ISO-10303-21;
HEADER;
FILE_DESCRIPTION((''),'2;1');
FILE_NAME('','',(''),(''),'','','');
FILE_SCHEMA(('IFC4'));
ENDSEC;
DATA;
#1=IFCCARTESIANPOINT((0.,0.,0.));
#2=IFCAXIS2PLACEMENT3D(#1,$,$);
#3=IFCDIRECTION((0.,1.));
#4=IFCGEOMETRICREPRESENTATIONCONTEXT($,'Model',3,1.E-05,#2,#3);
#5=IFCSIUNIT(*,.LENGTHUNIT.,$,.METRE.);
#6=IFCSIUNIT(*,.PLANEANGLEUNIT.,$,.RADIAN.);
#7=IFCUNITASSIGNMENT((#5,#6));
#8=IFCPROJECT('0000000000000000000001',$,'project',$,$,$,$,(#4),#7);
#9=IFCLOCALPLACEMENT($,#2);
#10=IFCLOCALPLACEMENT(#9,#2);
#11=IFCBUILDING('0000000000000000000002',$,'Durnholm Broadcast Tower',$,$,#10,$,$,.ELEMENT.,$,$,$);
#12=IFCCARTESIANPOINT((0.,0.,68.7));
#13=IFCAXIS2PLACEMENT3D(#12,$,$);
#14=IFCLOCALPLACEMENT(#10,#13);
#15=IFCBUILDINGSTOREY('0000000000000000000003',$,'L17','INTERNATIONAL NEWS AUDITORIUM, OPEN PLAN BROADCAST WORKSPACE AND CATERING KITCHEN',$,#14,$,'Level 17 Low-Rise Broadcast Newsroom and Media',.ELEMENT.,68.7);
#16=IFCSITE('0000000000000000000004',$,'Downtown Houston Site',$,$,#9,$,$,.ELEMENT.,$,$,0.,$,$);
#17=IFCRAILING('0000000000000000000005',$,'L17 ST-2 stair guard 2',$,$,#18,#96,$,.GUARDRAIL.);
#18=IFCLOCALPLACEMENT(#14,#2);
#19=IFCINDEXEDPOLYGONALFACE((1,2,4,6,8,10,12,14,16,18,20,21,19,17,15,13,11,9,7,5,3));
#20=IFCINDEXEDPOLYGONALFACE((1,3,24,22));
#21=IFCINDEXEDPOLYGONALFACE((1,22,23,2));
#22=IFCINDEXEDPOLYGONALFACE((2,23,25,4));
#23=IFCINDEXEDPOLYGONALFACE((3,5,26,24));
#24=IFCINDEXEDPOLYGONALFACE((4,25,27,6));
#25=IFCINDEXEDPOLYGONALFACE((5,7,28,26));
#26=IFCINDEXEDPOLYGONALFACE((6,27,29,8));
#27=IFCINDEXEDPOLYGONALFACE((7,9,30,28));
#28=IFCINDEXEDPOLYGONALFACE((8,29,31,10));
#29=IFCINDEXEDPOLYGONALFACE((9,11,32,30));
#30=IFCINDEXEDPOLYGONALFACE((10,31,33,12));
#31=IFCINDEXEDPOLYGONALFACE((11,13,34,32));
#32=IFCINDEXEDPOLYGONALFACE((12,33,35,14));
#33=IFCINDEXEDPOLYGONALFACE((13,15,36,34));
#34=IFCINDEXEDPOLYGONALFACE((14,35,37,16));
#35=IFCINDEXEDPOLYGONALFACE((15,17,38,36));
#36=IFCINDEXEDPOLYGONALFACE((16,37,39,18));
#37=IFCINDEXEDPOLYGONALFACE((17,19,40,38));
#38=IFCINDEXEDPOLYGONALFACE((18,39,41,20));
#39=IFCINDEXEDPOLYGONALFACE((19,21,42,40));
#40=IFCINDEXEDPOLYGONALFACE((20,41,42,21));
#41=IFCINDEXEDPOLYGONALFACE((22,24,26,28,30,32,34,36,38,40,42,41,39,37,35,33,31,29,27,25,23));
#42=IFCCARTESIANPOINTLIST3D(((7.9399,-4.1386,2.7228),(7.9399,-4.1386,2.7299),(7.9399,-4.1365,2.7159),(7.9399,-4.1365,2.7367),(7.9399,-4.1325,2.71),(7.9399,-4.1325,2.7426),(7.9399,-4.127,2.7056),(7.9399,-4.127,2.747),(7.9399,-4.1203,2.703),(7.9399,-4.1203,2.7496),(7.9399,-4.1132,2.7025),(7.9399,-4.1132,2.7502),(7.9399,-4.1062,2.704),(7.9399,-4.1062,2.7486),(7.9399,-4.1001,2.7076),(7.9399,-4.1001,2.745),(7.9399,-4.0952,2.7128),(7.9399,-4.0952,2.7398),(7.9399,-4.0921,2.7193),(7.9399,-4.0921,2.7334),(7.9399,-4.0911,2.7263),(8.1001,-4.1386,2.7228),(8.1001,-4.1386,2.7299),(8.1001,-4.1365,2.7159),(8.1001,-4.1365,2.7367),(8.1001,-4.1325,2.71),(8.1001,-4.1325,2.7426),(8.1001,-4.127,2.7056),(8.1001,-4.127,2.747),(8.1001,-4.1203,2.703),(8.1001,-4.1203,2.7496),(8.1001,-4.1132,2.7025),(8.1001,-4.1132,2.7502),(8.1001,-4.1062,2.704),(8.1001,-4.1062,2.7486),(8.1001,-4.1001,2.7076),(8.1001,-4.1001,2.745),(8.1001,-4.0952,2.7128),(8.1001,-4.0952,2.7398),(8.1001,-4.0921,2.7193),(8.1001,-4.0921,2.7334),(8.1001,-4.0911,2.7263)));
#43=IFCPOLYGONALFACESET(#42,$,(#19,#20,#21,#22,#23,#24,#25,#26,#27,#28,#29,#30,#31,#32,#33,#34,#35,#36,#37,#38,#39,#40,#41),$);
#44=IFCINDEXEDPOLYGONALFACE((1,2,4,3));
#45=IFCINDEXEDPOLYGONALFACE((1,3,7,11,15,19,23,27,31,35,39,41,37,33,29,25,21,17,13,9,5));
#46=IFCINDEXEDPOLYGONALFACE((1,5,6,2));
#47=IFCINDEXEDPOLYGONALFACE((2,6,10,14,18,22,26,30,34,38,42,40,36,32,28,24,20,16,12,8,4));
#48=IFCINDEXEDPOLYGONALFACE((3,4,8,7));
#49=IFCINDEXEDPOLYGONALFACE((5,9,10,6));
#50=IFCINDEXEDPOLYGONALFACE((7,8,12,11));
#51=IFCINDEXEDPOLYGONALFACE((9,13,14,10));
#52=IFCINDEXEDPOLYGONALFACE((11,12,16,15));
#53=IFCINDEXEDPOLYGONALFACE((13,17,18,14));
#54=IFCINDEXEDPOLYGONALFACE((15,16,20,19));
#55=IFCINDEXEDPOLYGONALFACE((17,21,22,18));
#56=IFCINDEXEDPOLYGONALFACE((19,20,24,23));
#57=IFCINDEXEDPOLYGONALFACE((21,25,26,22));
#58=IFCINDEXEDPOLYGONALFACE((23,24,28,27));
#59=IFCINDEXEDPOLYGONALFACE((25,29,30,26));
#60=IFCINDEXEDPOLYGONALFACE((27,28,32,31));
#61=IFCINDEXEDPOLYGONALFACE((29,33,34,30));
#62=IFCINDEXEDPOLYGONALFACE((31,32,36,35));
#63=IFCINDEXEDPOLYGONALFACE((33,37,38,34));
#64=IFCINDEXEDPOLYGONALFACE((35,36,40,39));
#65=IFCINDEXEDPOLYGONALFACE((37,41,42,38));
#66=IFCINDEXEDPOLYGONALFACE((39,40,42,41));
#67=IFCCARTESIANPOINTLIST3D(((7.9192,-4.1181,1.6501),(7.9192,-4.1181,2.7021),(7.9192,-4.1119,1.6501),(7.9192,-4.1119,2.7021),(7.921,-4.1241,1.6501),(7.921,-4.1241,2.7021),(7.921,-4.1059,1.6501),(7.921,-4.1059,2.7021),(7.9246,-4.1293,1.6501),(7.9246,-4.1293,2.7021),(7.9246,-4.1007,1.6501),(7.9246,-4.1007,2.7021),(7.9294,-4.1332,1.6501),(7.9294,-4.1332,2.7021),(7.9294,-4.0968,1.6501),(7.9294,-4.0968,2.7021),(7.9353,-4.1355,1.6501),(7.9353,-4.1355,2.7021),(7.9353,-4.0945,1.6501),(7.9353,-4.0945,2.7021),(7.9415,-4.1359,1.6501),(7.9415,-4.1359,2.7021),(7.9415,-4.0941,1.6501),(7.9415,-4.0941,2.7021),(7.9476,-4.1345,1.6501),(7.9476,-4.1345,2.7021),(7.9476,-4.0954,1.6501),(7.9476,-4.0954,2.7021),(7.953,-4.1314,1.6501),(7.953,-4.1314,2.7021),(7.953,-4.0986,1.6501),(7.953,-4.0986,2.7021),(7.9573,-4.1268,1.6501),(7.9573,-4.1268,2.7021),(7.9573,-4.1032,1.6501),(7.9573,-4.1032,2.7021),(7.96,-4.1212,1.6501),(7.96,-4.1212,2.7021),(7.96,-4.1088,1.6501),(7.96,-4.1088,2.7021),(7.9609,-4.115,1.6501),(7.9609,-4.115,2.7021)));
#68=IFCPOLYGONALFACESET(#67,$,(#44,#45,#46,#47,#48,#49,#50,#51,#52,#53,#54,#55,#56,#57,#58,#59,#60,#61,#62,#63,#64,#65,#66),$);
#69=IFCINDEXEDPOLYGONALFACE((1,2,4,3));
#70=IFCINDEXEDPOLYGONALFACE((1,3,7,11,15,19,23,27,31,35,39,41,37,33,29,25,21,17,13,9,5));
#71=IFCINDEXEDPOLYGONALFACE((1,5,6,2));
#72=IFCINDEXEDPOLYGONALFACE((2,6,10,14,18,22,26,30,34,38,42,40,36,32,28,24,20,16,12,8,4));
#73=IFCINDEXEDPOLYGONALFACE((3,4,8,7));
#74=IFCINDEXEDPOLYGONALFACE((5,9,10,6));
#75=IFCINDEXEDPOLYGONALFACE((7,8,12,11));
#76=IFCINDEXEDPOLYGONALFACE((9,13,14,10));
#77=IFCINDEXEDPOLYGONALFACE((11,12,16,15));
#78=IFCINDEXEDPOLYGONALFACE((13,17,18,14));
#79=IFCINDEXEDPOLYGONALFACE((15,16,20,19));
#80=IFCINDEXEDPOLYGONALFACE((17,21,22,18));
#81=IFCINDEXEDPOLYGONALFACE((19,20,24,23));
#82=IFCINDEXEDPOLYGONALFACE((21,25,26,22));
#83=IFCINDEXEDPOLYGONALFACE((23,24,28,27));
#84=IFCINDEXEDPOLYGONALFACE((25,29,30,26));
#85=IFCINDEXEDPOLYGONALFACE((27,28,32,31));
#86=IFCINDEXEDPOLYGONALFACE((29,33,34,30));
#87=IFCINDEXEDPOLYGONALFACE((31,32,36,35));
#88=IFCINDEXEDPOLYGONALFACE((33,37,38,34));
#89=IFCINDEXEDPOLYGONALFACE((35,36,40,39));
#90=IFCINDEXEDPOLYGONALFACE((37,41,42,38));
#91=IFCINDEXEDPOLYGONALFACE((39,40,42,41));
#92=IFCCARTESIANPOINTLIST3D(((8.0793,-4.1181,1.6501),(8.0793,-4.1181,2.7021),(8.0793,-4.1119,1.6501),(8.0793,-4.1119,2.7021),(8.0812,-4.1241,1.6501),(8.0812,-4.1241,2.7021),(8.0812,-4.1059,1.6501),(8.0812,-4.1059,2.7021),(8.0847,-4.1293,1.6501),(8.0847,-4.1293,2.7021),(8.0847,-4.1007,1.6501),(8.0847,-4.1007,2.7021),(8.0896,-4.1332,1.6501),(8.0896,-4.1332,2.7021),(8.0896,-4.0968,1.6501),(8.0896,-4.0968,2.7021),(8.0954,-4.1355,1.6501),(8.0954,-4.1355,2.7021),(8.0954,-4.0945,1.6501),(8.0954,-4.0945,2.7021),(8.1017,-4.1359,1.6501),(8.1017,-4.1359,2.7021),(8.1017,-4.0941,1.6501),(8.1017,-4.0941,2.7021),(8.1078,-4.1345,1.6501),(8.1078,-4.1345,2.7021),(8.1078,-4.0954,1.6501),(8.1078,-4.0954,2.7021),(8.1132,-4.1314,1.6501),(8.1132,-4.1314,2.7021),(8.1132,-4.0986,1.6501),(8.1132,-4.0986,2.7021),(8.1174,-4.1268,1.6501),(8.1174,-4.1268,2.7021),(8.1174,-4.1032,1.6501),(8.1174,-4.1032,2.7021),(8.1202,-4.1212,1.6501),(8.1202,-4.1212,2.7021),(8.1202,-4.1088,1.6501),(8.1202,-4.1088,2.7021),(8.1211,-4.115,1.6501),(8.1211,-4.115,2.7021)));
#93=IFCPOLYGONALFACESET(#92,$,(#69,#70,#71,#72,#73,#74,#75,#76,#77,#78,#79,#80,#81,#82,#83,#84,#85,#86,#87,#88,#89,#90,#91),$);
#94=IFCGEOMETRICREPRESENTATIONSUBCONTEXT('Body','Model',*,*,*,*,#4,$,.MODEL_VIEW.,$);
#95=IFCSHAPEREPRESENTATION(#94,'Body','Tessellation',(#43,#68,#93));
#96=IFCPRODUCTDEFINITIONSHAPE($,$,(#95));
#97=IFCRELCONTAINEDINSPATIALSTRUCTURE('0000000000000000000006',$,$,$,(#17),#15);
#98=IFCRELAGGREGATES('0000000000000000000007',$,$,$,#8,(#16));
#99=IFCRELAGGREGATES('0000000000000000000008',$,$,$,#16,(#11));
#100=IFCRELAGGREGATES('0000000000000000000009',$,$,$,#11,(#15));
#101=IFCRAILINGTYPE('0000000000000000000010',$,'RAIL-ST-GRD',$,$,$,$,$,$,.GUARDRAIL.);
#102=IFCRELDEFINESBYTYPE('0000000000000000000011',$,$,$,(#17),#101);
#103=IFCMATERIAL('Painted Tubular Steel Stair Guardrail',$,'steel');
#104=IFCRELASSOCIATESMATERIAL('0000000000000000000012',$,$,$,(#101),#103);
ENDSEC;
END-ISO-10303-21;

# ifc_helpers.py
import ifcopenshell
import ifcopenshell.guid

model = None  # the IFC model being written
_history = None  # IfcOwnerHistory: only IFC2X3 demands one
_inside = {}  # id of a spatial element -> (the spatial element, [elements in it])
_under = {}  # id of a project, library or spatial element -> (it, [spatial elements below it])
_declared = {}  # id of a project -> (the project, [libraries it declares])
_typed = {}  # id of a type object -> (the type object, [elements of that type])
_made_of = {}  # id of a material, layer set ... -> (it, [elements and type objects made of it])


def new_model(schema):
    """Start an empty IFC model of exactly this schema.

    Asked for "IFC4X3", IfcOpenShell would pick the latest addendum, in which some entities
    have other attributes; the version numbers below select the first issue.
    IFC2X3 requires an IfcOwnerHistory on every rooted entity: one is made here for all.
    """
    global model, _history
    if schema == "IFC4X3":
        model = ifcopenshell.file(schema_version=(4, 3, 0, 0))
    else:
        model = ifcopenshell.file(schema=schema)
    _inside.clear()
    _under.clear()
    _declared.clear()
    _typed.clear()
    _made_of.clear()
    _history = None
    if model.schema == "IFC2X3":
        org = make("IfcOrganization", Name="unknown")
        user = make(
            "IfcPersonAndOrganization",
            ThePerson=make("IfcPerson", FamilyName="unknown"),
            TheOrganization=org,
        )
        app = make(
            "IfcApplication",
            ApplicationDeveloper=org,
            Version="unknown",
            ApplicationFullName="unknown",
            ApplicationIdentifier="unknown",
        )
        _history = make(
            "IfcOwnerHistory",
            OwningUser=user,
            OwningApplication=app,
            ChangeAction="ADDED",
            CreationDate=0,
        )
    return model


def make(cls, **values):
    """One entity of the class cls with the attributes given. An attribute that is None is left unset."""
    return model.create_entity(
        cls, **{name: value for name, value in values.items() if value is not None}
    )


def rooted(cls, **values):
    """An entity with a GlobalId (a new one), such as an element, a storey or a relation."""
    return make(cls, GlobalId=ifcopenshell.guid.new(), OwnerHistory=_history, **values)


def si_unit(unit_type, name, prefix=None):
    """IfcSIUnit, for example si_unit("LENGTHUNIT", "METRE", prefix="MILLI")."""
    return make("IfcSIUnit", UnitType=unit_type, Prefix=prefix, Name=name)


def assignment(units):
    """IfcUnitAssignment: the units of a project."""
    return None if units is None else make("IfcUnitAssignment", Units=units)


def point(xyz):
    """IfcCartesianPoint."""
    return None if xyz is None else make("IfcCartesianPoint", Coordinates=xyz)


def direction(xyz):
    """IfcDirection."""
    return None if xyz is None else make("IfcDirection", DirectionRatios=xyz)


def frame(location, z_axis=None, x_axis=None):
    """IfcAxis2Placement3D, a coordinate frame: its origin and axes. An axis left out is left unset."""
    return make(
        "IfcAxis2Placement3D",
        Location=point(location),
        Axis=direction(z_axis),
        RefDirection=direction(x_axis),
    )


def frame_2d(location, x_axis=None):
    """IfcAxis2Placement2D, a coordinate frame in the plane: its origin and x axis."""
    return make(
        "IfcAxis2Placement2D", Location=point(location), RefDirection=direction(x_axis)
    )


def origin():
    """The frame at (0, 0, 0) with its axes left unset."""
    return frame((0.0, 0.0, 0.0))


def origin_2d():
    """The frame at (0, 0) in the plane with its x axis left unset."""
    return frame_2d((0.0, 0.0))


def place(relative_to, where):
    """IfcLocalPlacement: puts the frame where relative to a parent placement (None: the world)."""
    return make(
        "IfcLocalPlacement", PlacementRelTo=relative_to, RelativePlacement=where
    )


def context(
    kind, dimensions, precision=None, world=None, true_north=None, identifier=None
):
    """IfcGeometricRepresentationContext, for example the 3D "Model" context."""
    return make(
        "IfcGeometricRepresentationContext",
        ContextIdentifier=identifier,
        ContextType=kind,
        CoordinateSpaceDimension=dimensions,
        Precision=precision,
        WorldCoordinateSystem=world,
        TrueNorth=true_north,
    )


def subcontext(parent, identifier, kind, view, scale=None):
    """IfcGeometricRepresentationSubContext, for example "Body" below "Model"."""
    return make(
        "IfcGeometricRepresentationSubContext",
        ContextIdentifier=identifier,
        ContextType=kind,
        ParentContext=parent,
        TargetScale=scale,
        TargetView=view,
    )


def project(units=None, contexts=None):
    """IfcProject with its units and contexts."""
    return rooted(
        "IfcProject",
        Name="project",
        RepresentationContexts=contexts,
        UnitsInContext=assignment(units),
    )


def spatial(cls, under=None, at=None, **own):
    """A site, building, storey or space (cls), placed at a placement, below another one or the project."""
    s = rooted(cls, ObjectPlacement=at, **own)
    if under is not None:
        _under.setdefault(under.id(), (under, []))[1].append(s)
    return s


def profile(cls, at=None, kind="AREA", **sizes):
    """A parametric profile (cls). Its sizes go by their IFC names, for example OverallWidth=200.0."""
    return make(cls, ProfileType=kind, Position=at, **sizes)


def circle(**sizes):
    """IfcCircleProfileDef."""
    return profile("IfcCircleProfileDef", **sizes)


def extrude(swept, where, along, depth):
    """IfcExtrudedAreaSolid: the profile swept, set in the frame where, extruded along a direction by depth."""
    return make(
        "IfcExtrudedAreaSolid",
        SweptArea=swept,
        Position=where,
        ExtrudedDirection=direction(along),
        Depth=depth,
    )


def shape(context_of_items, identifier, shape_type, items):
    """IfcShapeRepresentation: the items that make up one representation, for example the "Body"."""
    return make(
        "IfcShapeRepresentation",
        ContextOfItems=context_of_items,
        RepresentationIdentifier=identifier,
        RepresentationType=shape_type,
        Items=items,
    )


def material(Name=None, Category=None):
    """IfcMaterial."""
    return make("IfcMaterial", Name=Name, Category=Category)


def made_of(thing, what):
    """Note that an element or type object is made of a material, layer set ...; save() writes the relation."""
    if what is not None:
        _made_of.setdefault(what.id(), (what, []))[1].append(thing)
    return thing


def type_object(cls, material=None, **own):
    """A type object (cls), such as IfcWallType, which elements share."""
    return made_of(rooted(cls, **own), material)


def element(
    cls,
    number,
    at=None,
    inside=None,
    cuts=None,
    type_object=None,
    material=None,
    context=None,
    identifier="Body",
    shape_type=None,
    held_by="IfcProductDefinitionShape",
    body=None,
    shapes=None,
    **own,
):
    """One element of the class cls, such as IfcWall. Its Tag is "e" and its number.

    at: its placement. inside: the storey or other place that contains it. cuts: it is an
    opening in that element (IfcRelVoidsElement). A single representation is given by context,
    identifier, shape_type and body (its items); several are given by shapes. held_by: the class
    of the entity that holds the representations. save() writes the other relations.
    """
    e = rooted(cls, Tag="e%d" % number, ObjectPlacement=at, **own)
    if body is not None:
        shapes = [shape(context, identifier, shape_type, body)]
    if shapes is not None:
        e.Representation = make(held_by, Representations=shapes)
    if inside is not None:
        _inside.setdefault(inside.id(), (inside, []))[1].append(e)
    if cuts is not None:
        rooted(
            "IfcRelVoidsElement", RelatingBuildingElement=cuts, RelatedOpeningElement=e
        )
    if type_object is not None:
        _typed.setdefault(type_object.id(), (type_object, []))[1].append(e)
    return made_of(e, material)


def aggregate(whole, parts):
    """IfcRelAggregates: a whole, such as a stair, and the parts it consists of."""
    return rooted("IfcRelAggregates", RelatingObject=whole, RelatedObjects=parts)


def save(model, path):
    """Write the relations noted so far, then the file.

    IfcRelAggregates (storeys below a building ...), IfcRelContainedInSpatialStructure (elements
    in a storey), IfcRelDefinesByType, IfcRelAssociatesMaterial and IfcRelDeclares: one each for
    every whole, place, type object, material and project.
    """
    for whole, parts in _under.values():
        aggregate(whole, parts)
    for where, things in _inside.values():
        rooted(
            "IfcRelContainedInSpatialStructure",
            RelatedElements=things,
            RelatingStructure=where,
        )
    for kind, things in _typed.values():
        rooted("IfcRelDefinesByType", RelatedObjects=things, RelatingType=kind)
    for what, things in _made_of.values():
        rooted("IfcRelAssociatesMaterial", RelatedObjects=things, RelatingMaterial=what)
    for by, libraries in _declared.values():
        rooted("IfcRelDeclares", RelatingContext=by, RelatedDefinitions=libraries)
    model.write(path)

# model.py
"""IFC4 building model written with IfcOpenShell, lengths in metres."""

from ifc_helpers import new_model, si_unit, direction, frame, origin, origin_2d, place, context, subcontext, project, spatial, circle, extrude, material, type_object, element, save


model = new_model("IFC4")

# Units and contexts
model_context = context("Model", 3, precision=1e-05, world=origin(), true_north=direction((0.0, 1.0)))
body_context = subcontext(model_context, "Body", "Model", "MODEL_VIEW")
ifc_project = project(units=[si_unit("LENGTHUNIT", "METRE"), si_unit("PLANEANGLEUNIT", "RADIAN")], contexts=[model_context])

# Site, building, storey
site_placement = place(None, origin())
site = spatial("IfcSite", under=ifc_project, at=site_placement, Name="Downtown Houston Site", CompositionType="ELEMENT", RefElevation=0.0)
building_placement = place(site_placement, origin())
building = spatial("IfcBuilding", under=site, at=building_placement, Name="Durnholm Broadcast Tower", CompositionType="ELEMENT")
storey_placement = place(building_placement, frame((0.0, 0.0, 68.7)))
storey = spatial("IfcBuildingStorey", under=building, at=storey_placement, Name="L17", Description="INTERNATIONAL NEWS AUDITORIUM, OPEN PLAN BROADCAST WORKSPACE AND CATERING KITCHEN", LongName="Level 17 Low-Rise Broadcast Newsroom and Media", CompositionType="ELEMENT", Elevation=68.7)

# Railing
ifc_material_1 = material(Name="Painted Tubular Steel Stair Guardrail", Category="steel")
railing_type_1 = type_object("IfcRailingType", Name="RAIL-ST-GRD", PredefinedType="GUARDRAIL", material=ifc_material_1)
railing_1_placement = place(storey_placement, frame((7.9399, -4.115, 1.6501)))
element("IfcRailing", 1, at=railing_1_placement, inside=storey, type_object=railing_type_1, Name="L17 ST-2 stair guard 2", PredefinedType="GUARDRAIL", context=body_context, shape_type="SweptSolid", body=[
    extrude(circle(Radius=0.0239, at=origin_2d()), frame((0.0, 0.0, 1.0762), z_axis=(1.0, 0.0, 0.0), x_axis=(0.0, 1.0, 0.0)), (0.0, 0.0, 1.0), 0.1602),
    extrude(circle(Radius=0.021, at=origin_2d()), origin(), (0.0, 0.0, 1.0), 1.052),
    extrude(circle(Radius=0.021, at=origin_2d()), frame((0.1602, 0.0, 0.0)), (0.0, 0.0, 1.0), 1.052),
])

save(model, "model.ifc")
